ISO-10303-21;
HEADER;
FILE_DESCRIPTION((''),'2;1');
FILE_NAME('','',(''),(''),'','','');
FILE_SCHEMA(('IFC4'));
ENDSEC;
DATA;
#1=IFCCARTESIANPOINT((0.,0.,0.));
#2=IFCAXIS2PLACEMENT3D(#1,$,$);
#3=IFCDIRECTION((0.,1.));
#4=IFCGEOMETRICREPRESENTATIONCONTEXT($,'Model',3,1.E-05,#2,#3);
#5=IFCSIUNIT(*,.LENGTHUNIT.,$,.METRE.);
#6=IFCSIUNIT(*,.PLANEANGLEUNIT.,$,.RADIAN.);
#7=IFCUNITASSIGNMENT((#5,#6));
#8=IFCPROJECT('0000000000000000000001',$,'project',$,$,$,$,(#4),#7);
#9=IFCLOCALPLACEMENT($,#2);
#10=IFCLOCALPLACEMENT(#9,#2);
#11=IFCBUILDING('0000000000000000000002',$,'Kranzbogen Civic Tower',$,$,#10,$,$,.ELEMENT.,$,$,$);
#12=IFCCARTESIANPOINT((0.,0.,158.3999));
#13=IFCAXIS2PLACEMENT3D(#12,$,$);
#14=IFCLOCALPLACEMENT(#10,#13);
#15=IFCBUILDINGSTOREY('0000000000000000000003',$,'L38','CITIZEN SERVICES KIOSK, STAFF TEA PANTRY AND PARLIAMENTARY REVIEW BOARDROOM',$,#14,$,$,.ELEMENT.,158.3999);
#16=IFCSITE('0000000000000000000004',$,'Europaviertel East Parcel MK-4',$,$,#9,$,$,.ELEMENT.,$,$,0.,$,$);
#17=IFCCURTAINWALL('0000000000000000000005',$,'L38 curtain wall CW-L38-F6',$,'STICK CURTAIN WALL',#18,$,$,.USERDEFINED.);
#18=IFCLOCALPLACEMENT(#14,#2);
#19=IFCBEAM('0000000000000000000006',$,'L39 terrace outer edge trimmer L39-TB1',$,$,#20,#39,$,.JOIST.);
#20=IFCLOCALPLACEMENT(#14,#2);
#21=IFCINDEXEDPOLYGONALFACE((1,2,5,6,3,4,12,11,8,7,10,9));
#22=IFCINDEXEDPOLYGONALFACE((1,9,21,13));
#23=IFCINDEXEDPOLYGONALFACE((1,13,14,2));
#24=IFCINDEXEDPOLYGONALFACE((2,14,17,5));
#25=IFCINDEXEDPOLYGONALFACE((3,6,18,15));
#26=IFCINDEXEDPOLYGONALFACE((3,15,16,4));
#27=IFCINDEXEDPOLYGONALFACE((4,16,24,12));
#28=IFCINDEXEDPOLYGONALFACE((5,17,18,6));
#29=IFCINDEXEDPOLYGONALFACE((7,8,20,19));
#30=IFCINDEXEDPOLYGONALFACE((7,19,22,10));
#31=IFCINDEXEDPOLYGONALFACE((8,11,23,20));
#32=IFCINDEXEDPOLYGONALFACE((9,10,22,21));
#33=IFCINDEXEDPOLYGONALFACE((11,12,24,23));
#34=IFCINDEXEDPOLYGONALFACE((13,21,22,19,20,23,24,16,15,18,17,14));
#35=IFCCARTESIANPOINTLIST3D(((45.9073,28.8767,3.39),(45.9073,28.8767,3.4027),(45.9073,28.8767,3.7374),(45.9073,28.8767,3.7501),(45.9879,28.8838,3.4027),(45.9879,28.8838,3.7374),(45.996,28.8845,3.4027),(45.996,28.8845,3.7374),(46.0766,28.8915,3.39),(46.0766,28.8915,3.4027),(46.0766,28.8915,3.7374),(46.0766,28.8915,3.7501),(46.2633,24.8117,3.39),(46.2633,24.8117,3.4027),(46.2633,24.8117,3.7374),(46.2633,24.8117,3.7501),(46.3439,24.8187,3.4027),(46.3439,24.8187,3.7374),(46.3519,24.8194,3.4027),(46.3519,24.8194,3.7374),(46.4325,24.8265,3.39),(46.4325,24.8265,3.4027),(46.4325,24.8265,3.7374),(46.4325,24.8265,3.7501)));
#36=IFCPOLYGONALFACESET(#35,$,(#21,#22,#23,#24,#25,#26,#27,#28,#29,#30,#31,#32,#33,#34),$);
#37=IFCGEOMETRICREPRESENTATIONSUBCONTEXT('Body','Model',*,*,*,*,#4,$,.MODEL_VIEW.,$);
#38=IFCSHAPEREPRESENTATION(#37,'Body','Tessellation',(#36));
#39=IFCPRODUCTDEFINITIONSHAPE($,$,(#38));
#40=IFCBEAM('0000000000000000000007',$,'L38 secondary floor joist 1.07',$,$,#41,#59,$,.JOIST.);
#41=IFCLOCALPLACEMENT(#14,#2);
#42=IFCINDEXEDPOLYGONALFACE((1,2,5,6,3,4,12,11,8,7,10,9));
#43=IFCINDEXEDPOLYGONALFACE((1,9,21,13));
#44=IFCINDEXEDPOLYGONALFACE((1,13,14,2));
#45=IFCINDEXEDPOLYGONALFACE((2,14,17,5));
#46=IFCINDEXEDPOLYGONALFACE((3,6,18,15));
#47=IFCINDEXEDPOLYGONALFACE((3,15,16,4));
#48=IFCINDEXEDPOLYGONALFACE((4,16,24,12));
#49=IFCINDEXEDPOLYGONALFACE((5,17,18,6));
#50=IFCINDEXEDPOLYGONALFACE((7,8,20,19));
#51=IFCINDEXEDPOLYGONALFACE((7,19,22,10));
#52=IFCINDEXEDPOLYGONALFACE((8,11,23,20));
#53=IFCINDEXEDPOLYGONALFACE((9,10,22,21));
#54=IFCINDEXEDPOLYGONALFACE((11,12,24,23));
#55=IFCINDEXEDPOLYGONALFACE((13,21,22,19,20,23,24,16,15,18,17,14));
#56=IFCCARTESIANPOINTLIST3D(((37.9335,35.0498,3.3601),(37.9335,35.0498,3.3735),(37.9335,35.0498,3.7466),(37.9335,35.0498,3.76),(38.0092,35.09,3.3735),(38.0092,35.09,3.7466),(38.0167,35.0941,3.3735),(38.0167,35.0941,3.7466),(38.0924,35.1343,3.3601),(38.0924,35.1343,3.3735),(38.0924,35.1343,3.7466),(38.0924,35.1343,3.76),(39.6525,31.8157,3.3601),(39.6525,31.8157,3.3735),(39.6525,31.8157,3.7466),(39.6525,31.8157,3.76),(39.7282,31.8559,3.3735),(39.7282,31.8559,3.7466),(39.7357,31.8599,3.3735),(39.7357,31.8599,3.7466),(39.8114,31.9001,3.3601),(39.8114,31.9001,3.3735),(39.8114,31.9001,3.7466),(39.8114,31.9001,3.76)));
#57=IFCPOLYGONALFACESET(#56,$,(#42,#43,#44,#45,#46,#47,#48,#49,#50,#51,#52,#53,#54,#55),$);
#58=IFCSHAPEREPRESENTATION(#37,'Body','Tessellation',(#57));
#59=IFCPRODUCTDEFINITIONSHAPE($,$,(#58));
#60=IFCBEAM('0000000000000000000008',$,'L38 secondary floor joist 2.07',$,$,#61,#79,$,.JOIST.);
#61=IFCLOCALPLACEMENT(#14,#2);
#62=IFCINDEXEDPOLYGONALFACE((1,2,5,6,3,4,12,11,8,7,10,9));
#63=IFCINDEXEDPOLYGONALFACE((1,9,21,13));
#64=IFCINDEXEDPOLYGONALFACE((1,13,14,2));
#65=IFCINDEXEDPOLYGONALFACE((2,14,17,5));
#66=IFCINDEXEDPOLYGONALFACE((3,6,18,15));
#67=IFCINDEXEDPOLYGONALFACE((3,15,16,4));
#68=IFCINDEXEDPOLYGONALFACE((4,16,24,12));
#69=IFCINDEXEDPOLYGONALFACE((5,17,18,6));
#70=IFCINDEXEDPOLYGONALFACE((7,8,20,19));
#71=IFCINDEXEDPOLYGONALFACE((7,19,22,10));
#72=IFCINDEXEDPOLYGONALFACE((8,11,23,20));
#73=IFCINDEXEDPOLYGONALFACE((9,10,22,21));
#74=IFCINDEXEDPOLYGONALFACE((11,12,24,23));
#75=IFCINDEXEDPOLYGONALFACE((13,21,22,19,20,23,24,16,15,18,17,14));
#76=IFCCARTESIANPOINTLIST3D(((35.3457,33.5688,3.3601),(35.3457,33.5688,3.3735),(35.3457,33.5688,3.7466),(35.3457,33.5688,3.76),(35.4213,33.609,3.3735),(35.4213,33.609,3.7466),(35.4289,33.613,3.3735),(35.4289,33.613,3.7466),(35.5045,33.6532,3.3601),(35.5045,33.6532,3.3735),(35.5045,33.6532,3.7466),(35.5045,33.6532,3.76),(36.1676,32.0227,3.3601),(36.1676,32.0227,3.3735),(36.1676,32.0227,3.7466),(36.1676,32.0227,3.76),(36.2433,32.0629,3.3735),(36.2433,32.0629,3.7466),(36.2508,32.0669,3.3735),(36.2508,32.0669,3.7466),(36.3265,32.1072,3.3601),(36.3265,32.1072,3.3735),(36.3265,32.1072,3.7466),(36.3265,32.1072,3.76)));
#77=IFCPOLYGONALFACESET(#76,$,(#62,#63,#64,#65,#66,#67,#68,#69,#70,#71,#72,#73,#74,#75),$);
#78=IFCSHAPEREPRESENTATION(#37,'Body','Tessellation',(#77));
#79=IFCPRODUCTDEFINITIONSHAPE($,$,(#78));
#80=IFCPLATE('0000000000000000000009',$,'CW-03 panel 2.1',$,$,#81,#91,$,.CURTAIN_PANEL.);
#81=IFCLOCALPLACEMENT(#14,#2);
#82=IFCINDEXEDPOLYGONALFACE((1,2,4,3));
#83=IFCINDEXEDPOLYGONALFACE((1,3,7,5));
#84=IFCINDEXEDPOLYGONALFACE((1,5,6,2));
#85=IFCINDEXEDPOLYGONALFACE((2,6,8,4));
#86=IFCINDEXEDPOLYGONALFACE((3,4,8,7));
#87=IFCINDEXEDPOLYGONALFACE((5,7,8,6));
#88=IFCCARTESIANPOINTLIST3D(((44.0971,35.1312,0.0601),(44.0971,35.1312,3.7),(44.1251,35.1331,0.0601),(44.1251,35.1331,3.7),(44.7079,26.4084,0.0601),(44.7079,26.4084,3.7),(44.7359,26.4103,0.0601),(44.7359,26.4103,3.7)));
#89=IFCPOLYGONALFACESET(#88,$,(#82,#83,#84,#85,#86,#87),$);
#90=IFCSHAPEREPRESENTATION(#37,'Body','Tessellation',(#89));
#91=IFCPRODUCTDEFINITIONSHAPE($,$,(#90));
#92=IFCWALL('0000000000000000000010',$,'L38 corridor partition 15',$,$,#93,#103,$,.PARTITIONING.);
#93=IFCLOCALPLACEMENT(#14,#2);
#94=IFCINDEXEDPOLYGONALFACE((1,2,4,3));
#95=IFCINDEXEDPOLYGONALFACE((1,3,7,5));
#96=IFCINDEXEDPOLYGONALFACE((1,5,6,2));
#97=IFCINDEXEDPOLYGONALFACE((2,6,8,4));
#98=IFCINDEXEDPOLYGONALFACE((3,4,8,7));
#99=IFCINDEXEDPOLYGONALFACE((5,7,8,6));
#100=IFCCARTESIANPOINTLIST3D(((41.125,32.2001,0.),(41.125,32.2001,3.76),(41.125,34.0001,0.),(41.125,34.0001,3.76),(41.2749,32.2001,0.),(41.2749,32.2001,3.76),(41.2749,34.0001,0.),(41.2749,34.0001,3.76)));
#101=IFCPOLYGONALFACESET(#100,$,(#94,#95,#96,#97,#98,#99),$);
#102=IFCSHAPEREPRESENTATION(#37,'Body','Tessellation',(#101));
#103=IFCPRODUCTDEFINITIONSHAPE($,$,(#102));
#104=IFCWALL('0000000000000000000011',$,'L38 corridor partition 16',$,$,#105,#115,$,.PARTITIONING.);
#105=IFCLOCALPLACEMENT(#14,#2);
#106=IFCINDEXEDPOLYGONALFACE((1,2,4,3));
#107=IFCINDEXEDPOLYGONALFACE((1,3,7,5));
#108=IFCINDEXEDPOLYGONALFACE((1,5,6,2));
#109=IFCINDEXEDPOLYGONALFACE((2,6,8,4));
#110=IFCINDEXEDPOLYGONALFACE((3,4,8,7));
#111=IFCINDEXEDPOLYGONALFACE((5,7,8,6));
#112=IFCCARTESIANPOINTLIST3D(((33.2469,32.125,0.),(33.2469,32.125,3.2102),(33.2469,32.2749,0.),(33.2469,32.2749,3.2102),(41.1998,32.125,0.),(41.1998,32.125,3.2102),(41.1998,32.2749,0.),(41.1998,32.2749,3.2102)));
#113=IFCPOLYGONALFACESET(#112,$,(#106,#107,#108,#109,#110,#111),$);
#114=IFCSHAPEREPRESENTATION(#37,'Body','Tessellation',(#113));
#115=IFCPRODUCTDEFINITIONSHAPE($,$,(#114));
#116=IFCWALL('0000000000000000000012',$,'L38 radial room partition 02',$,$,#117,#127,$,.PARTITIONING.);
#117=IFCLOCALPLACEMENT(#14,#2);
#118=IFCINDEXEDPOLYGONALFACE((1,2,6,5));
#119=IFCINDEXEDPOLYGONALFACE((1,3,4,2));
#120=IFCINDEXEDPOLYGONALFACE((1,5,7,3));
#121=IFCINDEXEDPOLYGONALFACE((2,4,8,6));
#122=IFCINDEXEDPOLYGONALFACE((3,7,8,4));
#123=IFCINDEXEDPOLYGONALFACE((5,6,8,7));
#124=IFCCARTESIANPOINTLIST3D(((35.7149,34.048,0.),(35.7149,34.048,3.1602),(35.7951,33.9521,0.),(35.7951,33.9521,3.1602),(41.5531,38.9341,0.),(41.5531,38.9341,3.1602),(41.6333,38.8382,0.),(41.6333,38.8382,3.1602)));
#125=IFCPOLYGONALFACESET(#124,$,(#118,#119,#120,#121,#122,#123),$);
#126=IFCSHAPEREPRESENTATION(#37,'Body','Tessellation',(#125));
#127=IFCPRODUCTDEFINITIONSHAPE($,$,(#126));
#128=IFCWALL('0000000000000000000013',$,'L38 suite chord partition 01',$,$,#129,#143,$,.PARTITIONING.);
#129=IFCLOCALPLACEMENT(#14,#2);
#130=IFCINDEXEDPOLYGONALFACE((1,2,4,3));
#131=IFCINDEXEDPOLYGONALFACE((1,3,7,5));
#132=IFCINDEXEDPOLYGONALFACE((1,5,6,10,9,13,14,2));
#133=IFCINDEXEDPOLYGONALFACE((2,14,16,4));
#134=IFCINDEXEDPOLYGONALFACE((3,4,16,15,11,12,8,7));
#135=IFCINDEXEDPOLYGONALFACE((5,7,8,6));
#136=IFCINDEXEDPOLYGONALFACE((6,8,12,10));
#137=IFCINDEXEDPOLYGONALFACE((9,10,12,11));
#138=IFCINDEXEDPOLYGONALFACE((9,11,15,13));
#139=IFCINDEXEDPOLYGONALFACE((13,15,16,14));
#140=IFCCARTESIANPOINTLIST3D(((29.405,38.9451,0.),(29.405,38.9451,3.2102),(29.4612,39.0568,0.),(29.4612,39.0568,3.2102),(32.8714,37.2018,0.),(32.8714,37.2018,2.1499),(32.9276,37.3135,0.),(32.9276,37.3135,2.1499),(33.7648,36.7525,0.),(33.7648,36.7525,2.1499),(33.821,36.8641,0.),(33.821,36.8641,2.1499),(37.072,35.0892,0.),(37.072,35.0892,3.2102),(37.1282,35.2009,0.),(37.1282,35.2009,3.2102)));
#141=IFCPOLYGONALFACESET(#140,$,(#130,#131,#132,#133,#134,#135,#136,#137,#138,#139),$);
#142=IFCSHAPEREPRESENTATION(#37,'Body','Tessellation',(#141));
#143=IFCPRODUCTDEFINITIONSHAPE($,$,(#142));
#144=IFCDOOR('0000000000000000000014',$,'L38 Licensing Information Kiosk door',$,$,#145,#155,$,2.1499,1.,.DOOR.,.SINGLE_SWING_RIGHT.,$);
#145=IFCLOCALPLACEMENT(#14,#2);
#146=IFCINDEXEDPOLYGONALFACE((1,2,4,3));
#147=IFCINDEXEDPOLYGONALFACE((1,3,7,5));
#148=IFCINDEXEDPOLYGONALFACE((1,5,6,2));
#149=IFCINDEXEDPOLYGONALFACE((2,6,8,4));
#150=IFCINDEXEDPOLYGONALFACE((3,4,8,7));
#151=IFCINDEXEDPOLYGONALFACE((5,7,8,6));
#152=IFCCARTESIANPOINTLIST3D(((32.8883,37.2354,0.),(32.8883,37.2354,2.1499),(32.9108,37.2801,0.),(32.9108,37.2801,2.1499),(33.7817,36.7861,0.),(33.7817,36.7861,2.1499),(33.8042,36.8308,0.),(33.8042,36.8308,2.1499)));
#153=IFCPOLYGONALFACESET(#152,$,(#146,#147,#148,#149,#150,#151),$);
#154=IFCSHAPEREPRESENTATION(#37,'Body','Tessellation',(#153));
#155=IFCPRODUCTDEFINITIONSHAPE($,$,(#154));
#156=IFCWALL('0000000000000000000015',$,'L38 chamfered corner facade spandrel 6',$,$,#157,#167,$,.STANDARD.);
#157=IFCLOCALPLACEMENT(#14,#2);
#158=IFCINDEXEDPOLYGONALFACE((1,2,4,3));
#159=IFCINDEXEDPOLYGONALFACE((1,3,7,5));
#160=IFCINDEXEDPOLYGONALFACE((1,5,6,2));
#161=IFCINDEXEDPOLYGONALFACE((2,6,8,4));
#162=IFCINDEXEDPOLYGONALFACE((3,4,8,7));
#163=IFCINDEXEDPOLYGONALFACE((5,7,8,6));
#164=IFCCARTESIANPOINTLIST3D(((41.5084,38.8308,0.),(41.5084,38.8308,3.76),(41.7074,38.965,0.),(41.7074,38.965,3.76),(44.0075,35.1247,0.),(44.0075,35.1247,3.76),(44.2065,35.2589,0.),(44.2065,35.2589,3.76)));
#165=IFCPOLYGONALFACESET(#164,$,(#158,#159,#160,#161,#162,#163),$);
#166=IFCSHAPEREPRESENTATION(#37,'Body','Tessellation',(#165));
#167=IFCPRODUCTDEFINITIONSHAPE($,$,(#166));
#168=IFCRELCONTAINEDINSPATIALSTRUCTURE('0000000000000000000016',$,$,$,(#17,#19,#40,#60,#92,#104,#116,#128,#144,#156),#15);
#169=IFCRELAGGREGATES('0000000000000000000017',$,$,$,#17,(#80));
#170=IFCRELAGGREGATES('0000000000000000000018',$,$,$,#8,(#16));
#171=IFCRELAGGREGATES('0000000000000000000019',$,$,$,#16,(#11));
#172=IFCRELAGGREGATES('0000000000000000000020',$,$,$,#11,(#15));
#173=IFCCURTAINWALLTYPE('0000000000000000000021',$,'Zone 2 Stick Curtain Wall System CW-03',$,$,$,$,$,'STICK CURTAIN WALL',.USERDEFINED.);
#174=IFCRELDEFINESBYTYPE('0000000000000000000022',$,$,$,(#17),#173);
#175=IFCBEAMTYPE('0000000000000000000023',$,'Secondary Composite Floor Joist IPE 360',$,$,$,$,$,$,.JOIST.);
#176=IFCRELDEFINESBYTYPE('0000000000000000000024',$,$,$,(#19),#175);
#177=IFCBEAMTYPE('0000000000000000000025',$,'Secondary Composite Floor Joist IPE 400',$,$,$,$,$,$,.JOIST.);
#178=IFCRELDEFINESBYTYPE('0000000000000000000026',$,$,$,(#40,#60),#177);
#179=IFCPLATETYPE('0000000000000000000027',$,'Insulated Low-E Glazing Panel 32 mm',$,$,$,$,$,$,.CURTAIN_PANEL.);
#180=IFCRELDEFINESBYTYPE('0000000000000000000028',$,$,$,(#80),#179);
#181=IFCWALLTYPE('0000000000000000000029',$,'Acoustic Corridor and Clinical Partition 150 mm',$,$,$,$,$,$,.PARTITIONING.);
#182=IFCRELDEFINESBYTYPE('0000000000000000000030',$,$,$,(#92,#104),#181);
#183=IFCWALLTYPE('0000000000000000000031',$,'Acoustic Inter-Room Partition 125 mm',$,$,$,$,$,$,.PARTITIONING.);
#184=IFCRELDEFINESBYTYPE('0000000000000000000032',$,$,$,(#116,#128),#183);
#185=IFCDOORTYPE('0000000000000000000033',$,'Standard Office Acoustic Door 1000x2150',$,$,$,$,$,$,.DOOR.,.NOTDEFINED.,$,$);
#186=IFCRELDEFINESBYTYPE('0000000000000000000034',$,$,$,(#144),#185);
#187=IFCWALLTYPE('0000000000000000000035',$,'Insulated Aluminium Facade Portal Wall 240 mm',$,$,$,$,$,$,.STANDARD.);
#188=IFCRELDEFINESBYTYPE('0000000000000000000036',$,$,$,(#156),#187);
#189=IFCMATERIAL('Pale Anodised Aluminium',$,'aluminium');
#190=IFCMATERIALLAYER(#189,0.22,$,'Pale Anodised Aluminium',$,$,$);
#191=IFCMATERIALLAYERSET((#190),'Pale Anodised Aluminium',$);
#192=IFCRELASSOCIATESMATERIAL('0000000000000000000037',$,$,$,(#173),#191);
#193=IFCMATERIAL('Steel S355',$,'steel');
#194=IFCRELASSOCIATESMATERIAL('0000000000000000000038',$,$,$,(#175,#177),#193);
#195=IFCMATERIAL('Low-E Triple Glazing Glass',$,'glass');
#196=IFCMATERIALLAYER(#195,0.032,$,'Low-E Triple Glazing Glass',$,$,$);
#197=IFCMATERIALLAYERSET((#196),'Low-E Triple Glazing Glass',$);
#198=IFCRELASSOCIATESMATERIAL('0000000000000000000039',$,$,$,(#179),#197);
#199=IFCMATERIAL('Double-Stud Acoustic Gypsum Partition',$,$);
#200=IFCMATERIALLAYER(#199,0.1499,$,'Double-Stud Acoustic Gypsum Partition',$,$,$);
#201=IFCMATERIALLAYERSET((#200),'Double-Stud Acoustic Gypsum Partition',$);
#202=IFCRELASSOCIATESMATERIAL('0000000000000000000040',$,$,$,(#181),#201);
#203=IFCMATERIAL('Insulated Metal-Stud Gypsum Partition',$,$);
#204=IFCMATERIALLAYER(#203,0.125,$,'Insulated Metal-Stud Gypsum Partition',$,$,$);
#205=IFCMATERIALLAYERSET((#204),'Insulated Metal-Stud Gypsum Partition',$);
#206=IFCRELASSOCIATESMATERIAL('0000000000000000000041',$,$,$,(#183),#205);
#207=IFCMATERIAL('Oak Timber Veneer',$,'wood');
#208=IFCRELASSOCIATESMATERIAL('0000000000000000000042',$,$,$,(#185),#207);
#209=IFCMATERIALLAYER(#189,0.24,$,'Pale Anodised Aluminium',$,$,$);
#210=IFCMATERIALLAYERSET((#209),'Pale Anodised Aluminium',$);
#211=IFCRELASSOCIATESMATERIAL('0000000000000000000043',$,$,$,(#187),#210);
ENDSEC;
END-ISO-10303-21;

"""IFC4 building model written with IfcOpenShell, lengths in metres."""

from ifc_helpers import new_model, si_unit, direction, frame, frame_2d, origin, origin_2d, place, context, subcontext, project, spatial, rectangle, i_section, extrude, material, layer, layer_set, material_profile, profile_set, type_object, element, fill, aggregate, save


model = new_model("IFC4")

# Units and contexts
model_context = context("Model", 3, precision=1e-05, world=origin(), true_north=direction((0.0, 1.0)))
body_context = subcontext(model_context, "Body", "Model", "MODEL_VIEW")
ifc_project = project(units=[si_unit("LENGTHUNIT", "METRE"), si_unit("PLANEANGLEUNIT", "RADIAN")], contexts=[model_context])

# Site, building, storey
site_placement = place(None, origin())
site = spatial("IfcSite", under=ifc_project, at=site_placement, Name="Europaviertel East Parcel MK-4", CompositionType="ELEMENT", RefElevation=0.0)
building_placement = place(site_placement, origin())
building = spatial("IfcBuilding", under=site, at=building_placement, Name="Kranzbogen Civic Tower", CompositionType="ELEMENT")
storey_placement = place(building_placement, frame((0.0, 0.0, 158.3999)))
storey = spatial("IfcBuildingStorey", under=building, at=storey_placement, Name="L38", Description="CITIZEN SERVICES KIOSK, STAFF TEA PANTRY AND PARLIAMENTARY REVIEW BOARDROOM", CompositionType="ELEMENT", Elevation=158.3999)

# Shared definitions
ifc_material_1 = material(Name="Steel S355", Category="steel")

# Curtain wall
ifc_material_2 = material(Name="Pale Anodised Aluminium", Category="aluminium")
ifc_layer_1 = layer(ifc_material_2, 0.22, Name="Pale Anodised Aluminium")
ifc_layer_set_1 = layer_set([ifc_layer_1], Name="Pale Anodised Aluminium")
curtain_wall_type = type_object("IfcCurtainWallType", Name="Zone 2 Stick Curtain Wall System CW-03", ElementType="STICK CURTAIN WALL", PredefinedType="USERDEFINED", material=ifc_layer_set_1)
curtain_wall_placement = place(storey_placement, origin())
curtain_wall = element("IfcCurtainWall", 1, at=curtain_wall_placement, inside=storey, type_object=curtain_wall_type, Name="L38 curtain wall CW-L38-F6", ObjectType="STICK CURTAIN WALL", PredefinedType="USERDEFINED")

# Beams
ifc_material_profile_1 = material_profile(ifc_material_1, i_section(OverallWidth=0.1699, OverallDepth=0.3601, WebThickness=0.0081, FlangeThickness=0.0127, at=origin_2d()), Name="IPE 360")
ifc_profile_set_1 = profile_set([ifc_material_profile_1], Name="Steel S355")
beam_type_1 = type_object("IfcBeamType", Name="Secondary Composite Floor Joist IPE 360", PredefinedType="JOIST", material=ifc_profile_set_1)
beam_1_placement = place(storey_placement, frame((46.3479, 24.8191, 3.5701), z_axis=(-0.087234, 0.996188, 0.0), x_axis=(-0.996188, -0.087234, 0.0)))
element("IfcBeam", 2, at=beam_1_placement, inside=storey, type_object=beam_type_1, Name="L39 terrace outer edge trimmer L39-TB1", PredefinedType="JOIST", context=body_context, shape_type="SweptSolid", body=[
    extrude(i_section(OverallWidth=0.1699, OverallDepth=0.3601, WebThickness=0.0081, FlangeThickness=0.0127, at=origin_2d()), origin(), (0.0, 0.0, 1.0), 4.0806),
])
ifc_material_profile_2 = material_profile(ifc_material_1, i_section(OverallWidth=0.1799, OverallDepth=0.3999, WebThickness=0.0085, FlangeThickness=0.0134, at=origin_2d()), Name="IPE 400")
ifc_profile_set_2 = profile_set([ifc_material_profile_2], Name="Steel S355")
beam_type_2 = type_object("IfcBeamType", Name="Secondary Composite Floor Joist IPE 400", PredefinedType="JOIST", material=ifc_profile_set_2)
beam_2_placement = place(storey_placement, frame((39.7319, 31.8579, 3.5601), z_axis=(-0.469339, 0.883018, 0.0), x_axis=(-0.883018, -0.469339, 0.0)))
element("IfcBeam", 3, at=beam_2_placement, inside=storey, type_object=beam_type_2, Name="L38 secondary floor joist 1.07", PredefinedType="JOIST", context=body_context, shape_type="SweptSolid", body=[
    extrude(i_section(OverallWidth=0.1799, OverallDepth=0.3999, WebThickness=0.0085, FlangeThickness=0.0134, at=origin_2d()), origin(), (0.0, 0.0, 1.0), 3.6626),
])
beam_3_placement = place(storey_placement, frame((36.2471, 32.0649, 3.5601), z_axis=(-0.469437, 0.882966, 0.0), x_axis=(-0.882966, -0.469437, 0.0)))
element("IfcBeam", 4, at=beam_3_placement, inside=storey, type_object=beam_type_2, Name="L38 secondary floor joist 2.07", PredefinedType="JOIST", context=body_context, shape_type="SweptSolid", body=[
    extrude(i_section(OverallWidth=0.1799, OverallDepth=0.3999, WebThickness=0.0085, FlangeThickness=0.0134, at=origin_2d()), origin(), (0.0, 0.0, 1.0), 1.751),
])

# Plate
ifc_material_3 = material(Name="Low-E Triple Glazing Glass", Category="glass")
ifc_layer_2 = layer(ifc_material_3, 0.032, Name="Low-E Triple Glazing Glass")
ifc_layer_set_2 = layer_set([ifc_layer_2], Name="Low-E Triple Glazing Glass")
plate_type = type_object("IfcPlateType", Name="Insulated Low-E Glazing Panel 32 mm", PredefinedType="CURTAIN_PANEL", material=ifc_layer_set_2)
plate_placement = place(storey_placement, frame((44.4165, 30.7708, 0.0601), z_axis=(0.0, 0.0, 1.0), x_axis=(-0.069843, 0.997558, 0.0)))
plate = element("IfcPlate", 5, at=plate_placement, type_object=plate_type, Name="CW-03 panel 2.1", PredefinedType="CURTAIN_PANEL", context=body_context, shape_type="SweptSolid", body=[
    extrude(rectangle(XDim=8.7441, YDim=0.0281, at=origin_2d()), origin(), (0.0, 0.0, 1.0), 3.6399),
])
aggregate(curtain_wall, [plate])

# Walls
ifc_material_4 = material(Name="Double-Stud Acoustic Gypsum Partition")
ifc_layer_3 = layer(ifc_material_4, 0.1499, Name="Double-Stud Acoustic Gypsum Partition")
ifc_layer_set_3 = layer_set([ifc_layer_3], Name="Double-Stud Acoustic Gypsum Partition")
wall_type_1 = type_object("IfcWallType", Name="Acoustic Corridor and Clinical Partition 150 mm", PredefinedType="PARTITIONING", material=ifc_layer_set_3)
wall_1_placement = place(storey_placement, frame((41.2, 34.0, 0.0), z_axis=(0.0, 0.0, 1.0), x_axis=(0.0, -1.0, 0.0)))
element("IfcWall", 6, at=wall_1_placement, inside=storey, type_object=wall_type_1, Name="L38 corridor partition 15", PredefinedType="PARTITIONING", context=body_context, shape_type="SweptSolid", body=[
    extrude(rectangle(XDim=1.8, YDim=0.1499, at=frame_2d((0.8999, 0.0))), origin(), (0.0, 0.0, 1.0), 3.76),
])
wall_2_placement = place(storey_placement, frame((41.2, 32.2, 0.0), z_axis=(0.0, 0.0, 1.0), x_axis=(-1.0, 0.0, 0.0)))
element("IfcWall", 7, at=wall_2_placement, inside=storey, type_object=wall_type_1, Name="L38 corridor partition 16", PredefinedType="PARTITIONING", context=body_context, shape_type="SweptSolid", body=[
    extrude(rectangle(XDim=7.9529, YDim=0.1499, at=frame_2d((3.9766, 0.0))), origin(), (0.0, 0.0, 1.0), 3.2102),
])
ifc_material_5 = material(Name="Insulated Metal-Stud Gypsum Partition")
ifc_layer_4 = layer(ifc_material_5, 0.125, Name="Insulated Metal-Stud Gypsum Partition")
ifc_layer_set_4 = layer_set([ifc_layer_4], Name="Insulated Metal-Stud Gypsum Partition")
wall_type_2 = type_object("IfcWallType", Name="Acoustic Inter-Room Partition 125 mm", PredefinedType="PARTITIONING", material=ifc_layer_set_4)
wall_3_placement = place(storey_placement, frame((35.7549, 34.0, 0.0), z_axis=(0.0, 0.0, 1.0), x_axis=(0.766871, 0.641801, 0.0)))
element("IfcWall", 8, at=wall_3_placement, inside=storey, type_object=wall_type_2, Name="L38 radial room partition 02", PredefinedType="PARTITIONING", context=body_context, shape_type="SweptSolid", body=[
    extrude(rectangle(XDim=7.613, YDim=0.125, at=frame_2d((3.8066, 0.0))), origin(), (0.0, 0.0, 1.0), 3.1602),
])

# Wall, opening, door
wall_4_placement = place(storey_placement, frame((37.1001, 35.145, 0.0), z_axis=(0.0, 0.0, 1.0), x_axis=(-0.893378, 0.449306, 0.0)))
wall_4 = element("IfcWall", 9, at=wall_4_placement, inside=storey, type_object=wall_type_2, Name="L38 suite chord partition 01", PredefinedType="PARTITIONING", context=body_context, shape_type="SweptSolid", body=[
    extrude(rectangle(XDim=8.582, YDim=0.125, at=frame_2d((4.291, 0.0))), origin(), (0.0, 0.0, 1.0), 3.2102),
])
opening_placement = place(wall_4_placement, frame((3.7019, 0.0, 0.0)))
opening = element("IfcOpeningElement", 10, at=opening_placement, cuts=wall_4, PredefinedType="OPENING", context=body_context, shape_type="SweptSolid", body=[
    extrude(rectangle(XDim=1.0, YDim=2.1499, at=frame_2d((0.5, 1.075))), frame((0.0, 0.0725, 0.0), z_axis=(0.0, -1.0, 0.0), x_axis=(1.0, 0.0, 0.0)), (0.0, 0.0, 1.0), 0.145),
])
ifc_material_6 = material(Name="Oak Timber Veneer", Category="wood")
door_type = type_object("IfcDoorType", Name="Standard Office Acoustic Door 1000x2150", OperationType="NOTDEFINED", PredefinedType="DOOR", material=ifc_material_6)
door_placement = place(opening_placement, origin())
door = element("IfcDoor", 11, at=door_placement, inside=storey, type_object=door_type, Name="L38 Licensing Information Kiosk door", OperationType="SINGLE_SWING_RIGHT", OverallHeight=2.1499, OverallWidth=1.0, PredefinedType="DOOR", context=body_context, shape_type="SweptSolid", body=[
    extrude(rectangle(XDim=1.0, YDim=2.1499, at=frame_2d((0.5, 1.075))), frame((0.0, 0.0249, 0.0), z_axis=(0.0, -1.0, 0.0), x_axis=(1.0, 0.0, 0.0)), (0.0, 0.0, 1.0), 0.05),
])
fill(opening, door)

# Wall
ifc_layer_5 = layer(ifc_material_2, 0.24, Name="Pale Anodised Aluminium")
ifc_layer_set_5 = layer_set([ifc_layer_5], Name="Pale Anodised Aluminium")
wall_type_3 = type_object("IfcWallType", Name="Insulated Aluminium Facade Portal Wall 240 mm", PredefinedType="STANDARD", material=ifc_layer_set_5)
wall_5_placement = place(storey_placement, frame((44.1069, 35.1919, 0.0), z_axis=(0.0, 0.0, 1.0), x_axis=(-0.559079, 0.829115, 0.0)))
element("IfcWall", 12, at=wall_5_placement, inside=storey, type_object=wall_type_3, Name="L38 chamfered corner facade spandrel 6", PredefinedType="STANDARD", context=body_context, shape_type="SweptSolid", body=[
    extrude(rectangle(XDim=4.47, YDim=0.24, at=frame_2d((2.2349, 0.0))), origin(), (0.0, 0.0, 1.0), 3.76),
])

save(model, "model.ifc")
